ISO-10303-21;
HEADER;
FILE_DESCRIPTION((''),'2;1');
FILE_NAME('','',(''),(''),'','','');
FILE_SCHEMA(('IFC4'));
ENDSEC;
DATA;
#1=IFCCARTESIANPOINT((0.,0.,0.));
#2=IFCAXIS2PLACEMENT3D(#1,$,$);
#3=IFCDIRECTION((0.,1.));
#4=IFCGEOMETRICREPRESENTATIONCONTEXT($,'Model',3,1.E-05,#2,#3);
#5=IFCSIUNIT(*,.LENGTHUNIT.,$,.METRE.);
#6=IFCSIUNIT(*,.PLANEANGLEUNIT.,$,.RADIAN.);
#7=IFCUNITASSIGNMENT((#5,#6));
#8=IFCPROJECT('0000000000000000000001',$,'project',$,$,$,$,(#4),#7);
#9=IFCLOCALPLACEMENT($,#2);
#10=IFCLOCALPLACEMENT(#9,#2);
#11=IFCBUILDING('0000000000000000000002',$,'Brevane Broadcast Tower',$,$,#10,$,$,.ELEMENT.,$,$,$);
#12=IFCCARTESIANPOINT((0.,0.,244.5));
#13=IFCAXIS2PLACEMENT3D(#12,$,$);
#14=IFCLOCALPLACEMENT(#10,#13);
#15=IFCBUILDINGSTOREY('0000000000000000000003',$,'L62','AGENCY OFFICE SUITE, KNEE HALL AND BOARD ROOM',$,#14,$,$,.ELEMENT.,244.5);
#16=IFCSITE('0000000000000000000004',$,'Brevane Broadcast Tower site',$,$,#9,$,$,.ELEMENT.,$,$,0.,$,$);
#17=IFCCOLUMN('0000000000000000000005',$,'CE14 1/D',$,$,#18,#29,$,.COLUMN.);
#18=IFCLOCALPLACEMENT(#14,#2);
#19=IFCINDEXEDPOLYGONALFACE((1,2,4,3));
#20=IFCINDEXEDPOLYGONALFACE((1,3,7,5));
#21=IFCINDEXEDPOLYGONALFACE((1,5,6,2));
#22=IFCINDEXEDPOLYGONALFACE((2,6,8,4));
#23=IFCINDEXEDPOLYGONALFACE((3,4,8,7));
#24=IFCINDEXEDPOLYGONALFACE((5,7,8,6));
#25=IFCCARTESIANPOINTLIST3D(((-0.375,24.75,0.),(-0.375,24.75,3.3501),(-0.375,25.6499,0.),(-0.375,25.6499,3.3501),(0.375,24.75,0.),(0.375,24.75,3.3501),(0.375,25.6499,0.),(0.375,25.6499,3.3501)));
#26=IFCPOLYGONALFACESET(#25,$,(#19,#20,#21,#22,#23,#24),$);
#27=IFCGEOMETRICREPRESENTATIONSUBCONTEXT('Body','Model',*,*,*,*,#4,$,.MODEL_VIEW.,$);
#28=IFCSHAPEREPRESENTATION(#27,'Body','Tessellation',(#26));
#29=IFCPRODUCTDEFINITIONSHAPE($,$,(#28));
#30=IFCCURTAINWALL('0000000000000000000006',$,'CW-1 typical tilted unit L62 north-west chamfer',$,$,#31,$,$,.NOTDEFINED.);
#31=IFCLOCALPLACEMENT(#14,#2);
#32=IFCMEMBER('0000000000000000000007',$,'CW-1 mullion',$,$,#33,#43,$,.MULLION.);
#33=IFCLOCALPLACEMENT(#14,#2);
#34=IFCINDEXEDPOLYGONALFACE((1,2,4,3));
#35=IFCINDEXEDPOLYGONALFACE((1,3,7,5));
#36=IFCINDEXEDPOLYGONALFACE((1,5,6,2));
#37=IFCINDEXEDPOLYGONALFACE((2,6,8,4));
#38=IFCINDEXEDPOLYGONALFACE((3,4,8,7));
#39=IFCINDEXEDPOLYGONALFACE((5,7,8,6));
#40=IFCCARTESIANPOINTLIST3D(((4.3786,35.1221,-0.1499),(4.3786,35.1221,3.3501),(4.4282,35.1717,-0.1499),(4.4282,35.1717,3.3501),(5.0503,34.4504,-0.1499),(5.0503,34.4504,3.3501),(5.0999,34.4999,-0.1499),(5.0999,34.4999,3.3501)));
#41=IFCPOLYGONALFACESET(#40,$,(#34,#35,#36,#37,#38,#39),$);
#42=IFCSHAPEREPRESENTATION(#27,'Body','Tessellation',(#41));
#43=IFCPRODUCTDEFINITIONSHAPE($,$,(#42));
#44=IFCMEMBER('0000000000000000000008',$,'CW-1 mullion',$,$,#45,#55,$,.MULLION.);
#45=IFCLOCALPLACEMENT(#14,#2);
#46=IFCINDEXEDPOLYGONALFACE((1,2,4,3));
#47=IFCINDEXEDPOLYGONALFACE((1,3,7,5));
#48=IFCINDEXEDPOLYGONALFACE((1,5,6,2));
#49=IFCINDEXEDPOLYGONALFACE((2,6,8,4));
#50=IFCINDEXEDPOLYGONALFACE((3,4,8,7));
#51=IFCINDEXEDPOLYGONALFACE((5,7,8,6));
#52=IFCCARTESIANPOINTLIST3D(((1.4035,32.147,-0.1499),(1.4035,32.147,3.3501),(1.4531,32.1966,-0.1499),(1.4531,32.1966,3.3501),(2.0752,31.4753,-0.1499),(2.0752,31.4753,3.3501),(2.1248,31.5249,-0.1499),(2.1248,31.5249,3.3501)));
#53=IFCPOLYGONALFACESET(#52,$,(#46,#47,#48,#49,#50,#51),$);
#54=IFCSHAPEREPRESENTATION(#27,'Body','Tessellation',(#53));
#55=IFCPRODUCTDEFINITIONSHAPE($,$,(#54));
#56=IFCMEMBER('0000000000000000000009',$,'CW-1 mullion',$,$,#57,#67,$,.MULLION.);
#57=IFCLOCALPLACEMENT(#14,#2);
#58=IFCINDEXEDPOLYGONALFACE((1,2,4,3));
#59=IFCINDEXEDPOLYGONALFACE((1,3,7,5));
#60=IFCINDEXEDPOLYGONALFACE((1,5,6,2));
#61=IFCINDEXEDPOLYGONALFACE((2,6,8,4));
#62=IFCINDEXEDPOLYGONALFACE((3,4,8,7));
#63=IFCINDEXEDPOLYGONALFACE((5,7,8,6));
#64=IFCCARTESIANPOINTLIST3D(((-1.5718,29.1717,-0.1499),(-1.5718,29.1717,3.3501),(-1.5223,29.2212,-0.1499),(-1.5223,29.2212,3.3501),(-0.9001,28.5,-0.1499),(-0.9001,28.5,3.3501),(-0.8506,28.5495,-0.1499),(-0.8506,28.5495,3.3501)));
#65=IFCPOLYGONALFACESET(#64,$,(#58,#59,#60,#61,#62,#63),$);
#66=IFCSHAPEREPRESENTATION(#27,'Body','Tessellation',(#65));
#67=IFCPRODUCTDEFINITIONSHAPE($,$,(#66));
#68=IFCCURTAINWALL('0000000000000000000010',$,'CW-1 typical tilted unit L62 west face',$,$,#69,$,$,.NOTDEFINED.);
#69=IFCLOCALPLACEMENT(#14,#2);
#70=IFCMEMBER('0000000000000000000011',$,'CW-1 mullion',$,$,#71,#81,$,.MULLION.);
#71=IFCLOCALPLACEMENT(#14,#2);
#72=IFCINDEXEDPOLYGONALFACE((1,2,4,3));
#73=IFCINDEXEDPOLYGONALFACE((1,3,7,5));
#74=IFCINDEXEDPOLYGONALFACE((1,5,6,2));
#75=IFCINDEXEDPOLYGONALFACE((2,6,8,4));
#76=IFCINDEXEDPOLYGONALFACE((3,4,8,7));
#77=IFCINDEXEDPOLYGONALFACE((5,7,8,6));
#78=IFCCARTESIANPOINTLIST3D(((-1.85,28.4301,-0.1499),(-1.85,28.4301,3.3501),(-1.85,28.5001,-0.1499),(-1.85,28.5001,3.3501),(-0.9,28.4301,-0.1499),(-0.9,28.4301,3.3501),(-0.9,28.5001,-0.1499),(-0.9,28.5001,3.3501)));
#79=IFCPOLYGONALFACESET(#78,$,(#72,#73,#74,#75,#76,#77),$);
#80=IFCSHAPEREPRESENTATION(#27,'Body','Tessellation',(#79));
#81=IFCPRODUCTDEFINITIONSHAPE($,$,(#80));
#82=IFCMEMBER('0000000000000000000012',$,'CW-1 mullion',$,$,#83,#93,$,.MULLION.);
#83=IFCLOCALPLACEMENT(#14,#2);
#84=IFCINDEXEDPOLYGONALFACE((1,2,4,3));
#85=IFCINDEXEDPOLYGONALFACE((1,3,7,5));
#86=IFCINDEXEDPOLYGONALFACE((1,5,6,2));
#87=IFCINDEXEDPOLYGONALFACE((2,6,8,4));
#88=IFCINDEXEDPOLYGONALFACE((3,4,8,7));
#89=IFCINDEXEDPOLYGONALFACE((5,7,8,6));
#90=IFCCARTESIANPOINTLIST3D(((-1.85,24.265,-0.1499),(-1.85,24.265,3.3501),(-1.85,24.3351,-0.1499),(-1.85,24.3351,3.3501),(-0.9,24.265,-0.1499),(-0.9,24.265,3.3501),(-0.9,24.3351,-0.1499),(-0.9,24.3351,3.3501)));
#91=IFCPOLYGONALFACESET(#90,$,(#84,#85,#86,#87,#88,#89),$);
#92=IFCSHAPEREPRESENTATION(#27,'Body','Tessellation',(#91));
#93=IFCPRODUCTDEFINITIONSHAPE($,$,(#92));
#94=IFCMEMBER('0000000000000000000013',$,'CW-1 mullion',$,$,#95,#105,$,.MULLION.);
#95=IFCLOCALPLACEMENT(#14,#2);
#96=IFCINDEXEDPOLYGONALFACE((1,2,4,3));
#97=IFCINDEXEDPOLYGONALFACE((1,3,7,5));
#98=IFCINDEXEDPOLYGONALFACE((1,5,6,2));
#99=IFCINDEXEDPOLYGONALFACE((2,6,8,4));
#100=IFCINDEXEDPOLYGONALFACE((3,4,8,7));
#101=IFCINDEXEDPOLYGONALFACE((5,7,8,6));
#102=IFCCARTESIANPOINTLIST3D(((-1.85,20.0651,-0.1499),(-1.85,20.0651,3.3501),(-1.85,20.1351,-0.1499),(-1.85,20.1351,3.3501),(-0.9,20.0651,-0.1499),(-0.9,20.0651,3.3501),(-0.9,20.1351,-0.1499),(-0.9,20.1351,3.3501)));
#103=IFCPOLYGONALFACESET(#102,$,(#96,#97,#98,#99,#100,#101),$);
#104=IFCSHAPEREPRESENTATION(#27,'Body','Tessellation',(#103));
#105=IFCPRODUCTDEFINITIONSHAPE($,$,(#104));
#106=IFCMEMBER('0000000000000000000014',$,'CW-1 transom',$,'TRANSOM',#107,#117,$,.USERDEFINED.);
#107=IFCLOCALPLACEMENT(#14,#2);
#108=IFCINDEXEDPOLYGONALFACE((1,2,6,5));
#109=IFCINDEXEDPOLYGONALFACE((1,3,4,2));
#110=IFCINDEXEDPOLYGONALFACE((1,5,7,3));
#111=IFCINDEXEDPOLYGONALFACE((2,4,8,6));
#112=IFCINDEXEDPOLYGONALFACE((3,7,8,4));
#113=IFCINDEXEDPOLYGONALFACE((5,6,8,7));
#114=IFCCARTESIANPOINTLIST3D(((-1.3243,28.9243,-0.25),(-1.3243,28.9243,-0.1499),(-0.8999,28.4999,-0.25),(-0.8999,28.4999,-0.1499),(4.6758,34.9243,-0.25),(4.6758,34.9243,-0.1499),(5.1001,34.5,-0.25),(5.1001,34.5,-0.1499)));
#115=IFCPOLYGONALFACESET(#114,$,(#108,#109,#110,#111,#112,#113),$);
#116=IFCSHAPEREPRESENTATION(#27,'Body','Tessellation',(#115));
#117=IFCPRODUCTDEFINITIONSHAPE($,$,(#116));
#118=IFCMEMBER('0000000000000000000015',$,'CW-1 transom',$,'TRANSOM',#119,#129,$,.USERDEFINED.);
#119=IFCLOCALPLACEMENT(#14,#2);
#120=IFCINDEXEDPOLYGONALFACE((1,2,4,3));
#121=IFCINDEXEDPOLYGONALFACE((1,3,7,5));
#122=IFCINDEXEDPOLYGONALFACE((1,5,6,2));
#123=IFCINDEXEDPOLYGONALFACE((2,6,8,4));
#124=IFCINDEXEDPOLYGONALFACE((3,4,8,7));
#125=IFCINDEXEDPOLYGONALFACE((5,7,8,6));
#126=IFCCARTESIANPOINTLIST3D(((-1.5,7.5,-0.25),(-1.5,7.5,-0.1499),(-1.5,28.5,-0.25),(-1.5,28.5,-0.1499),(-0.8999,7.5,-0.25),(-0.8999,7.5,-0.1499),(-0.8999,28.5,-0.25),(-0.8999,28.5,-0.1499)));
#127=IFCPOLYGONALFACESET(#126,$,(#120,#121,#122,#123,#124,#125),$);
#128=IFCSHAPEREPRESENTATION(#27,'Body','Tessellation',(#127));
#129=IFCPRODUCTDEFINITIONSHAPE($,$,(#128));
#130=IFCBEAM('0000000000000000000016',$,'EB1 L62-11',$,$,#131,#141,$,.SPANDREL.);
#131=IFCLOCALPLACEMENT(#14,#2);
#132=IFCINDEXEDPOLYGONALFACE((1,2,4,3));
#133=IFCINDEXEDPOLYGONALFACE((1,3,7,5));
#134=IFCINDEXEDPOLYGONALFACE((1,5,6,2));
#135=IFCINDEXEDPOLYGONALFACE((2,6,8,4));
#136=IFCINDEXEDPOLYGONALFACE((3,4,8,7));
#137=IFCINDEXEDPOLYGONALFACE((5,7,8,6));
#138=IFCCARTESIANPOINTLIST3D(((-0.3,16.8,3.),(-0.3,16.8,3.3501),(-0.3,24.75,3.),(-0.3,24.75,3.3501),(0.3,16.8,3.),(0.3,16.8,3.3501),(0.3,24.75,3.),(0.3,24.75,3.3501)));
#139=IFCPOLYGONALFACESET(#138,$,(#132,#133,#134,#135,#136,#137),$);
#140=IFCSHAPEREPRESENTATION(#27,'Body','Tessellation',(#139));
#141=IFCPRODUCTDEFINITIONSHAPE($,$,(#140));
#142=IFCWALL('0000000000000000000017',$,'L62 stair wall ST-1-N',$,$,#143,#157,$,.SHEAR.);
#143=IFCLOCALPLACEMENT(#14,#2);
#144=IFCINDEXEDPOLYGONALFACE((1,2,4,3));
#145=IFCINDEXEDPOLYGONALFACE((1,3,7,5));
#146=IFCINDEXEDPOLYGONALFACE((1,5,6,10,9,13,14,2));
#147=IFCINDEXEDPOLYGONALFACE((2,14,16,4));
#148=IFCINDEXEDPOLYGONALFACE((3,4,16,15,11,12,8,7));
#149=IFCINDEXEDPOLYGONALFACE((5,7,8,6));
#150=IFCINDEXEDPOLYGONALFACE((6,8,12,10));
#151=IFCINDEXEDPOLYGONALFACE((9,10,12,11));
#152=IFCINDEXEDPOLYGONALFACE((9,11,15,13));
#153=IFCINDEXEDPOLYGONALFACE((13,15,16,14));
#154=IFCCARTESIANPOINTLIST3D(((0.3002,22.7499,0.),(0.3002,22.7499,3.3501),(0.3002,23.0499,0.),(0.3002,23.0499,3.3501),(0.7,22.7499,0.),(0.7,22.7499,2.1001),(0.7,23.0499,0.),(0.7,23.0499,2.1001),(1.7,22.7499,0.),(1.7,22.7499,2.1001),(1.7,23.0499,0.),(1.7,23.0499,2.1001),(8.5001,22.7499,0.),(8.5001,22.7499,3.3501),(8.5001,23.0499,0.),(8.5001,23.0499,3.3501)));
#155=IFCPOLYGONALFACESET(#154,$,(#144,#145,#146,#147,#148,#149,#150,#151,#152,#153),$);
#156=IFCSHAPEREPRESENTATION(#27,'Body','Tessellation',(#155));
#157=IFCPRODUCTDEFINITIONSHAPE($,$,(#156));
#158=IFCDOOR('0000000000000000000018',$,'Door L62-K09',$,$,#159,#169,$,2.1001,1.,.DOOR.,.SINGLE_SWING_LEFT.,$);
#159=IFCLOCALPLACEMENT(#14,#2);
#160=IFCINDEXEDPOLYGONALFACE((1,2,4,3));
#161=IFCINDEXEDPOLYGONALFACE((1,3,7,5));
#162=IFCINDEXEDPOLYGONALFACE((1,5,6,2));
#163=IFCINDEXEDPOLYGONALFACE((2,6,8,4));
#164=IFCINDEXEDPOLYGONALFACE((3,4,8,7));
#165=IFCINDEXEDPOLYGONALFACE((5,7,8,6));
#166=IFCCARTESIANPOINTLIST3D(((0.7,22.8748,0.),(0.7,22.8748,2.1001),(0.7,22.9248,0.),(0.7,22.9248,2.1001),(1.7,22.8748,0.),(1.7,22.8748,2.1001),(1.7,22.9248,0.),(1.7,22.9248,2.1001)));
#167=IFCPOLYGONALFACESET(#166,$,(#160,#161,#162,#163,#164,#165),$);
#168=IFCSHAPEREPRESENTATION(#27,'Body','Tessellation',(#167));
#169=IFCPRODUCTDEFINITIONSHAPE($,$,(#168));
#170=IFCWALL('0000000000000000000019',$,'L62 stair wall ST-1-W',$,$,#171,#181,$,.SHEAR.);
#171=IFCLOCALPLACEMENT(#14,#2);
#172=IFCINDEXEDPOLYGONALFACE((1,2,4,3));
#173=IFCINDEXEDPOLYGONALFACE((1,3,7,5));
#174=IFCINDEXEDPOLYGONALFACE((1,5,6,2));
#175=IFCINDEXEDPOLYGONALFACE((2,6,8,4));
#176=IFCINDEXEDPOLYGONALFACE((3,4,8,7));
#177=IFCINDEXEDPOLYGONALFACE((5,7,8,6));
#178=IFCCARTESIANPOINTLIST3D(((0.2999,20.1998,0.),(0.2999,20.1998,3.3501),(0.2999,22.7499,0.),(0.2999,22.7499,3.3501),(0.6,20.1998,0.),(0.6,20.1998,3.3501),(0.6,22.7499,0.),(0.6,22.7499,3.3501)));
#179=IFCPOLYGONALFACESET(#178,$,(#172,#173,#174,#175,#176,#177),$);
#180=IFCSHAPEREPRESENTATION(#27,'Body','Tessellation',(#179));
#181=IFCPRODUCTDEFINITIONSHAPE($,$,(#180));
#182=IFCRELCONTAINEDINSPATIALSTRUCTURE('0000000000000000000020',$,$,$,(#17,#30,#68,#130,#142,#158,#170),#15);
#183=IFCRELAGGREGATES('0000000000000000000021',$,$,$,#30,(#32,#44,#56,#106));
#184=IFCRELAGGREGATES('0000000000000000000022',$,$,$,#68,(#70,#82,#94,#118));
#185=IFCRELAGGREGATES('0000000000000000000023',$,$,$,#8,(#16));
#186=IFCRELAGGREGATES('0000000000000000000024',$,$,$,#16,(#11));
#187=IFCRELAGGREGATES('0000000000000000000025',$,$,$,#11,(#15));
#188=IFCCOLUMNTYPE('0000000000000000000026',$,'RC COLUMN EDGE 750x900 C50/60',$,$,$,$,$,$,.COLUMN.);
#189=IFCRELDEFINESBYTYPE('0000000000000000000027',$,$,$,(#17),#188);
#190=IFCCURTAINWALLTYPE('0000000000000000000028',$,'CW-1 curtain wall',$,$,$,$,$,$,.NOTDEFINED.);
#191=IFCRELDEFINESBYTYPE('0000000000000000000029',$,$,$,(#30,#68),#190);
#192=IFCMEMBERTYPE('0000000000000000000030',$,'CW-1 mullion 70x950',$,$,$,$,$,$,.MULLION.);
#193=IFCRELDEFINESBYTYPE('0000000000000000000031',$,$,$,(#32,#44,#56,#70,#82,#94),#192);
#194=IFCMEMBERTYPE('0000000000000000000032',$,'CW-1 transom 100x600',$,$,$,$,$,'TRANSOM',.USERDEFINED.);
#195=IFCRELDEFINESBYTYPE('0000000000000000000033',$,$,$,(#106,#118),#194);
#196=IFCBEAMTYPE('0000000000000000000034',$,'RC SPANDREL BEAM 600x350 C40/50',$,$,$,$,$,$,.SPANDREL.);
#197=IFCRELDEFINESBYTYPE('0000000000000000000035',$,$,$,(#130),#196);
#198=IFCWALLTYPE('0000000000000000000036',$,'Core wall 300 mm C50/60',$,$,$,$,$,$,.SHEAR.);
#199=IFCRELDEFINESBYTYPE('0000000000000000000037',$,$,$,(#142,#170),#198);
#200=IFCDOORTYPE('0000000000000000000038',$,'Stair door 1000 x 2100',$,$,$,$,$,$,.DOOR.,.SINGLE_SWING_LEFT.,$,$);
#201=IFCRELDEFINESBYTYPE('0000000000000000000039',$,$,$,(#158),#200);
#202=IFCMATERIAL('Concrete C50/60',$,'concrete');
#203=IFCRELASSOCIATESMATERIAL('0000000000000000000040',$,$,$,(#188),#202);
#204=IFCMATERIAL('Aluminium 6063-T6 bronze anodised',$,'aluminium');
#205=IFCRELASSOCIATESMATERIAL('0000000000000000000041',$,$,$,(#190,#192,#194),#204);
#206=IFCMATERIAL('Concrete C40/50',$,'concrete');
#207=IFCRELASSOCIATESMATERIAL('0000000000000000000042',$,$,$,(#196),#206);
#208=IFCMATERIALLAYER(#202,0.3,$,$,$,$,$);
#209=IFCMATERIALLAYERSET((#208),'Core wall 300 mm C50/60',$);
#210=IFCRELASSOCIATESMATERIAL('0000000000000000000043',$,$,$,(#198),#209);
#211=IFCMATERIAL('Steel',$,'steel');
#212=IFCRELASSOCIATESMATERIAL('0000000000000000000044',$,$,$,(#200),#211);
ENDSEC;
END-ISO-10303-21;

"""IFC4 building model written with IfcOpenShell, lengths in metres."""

from ifc_helpers import new_model, si_unit, direction, frame, frame_2d, origin, origin_2d, place, context, subcontext, project, spatial, rectangle, extrude, material, layer, layer_set, material_profile, profile_set, type_object, element, fill, aggregate, save


model = new_model("IFC4")

# Units and contexts
model_context = context("Model", 3, precision=1e-05, world=origin(), true_north=direction((0.0, 1.0)))
body_context = subcontext(model_context, "Body", "Model", "MODEL_VIEW")
ifc_project = project(units=[si_unit("LENGTHUNIT", "METRE"), si_unit("PLANEANGLEUNIT", "RADIAN")], contexts=[model_context])

# Site, building, storey
site_placement = place(None, origin())
site = spatial("IfcSite", under=ifc_project, at=site_placement, Name="Brevane Broadcast Tower site", CompositionType="ELEMENT", RefElevation=0.0)
building_placement = place(site_placement, origin())
building = spatial("IfcBuilding", under=site, at=building_placement, Name="Brevane Broadcast Tower", CompositionType="ELEMENT")
storey_placement = place(building_placement, frame((0.0, 0.0, 244.5)))
storey = spatial("IfcBuildingStorey", under=building, at=storey_placement, Name="L62", Description="AGENCY OFFICE SUITE, KNEE HALL AND BOARD ROOM", CompositionType="ELEMENT", Elevation=244.5)

# Column
ifc_material_1 = material(Name="Concrete C50/60", Category="concrete")
ifc_material_profile_1 = material_profile(ifc_material_1, rectangle(XDim=0.75, YDim=0.8999, at=origin_2d()), Name="RC 750x900")
ifc_profile_set_1 = profile_set([ifc_material_profile_1], Name="Concrete C50/60")
column_type = type_object("IfcColumnType", Name="RC COLUMN EDGE 750x900 C50/60", PredefinedType="COLUMN", material=ifc_profile_set_1)
column_placement = place(storey_placement, frame((0.0, 25.2, 0.0), z_axis=(0.0, 0.0, 1.0), x_axis=(1.0, 0.0, 0.0)))
element("IfcColumn", 1, at=column_placement, inside=storey, type_object=column_type, Name="CE14 1/D", PredefinedType="COLUMN", context=body_context, shape_type="SweptSolid", body=[
    extrude(rectangle(XDim=0.75, YDim=0.8999, at=origin_2d()), origin(), (0.0, 0.0, 1.0), 3.3501),
])

# Curtain walls, members
ifc_material_2 = material(Name="Aluminium 6063-T6 bronze anodised", Category="aluminium")
curtain_wall_type = type_object("IfcCurtainWallType", Name="CW-1 curtain wall", PredefinedType="NOTDEFINED", material=ifc_material_2)
curtain_wall_1_placement = place(storey_placement, origin())
curtain_wall_1 = element("IfcCurtainWall", 2, at=curtain_wall_1_placement, inside=storey, type_object=curtain_wall_type, Name="CW-1 typical tilted unit L62 north-west chamfer", PredefinedType="NOTDEFINED")
ifc_material_profile_2 = material_profile(ifc_material_2, rectangle(XDim=0.95, YDim=0.0701, at=origin_2d()), Name="RECT 70x950")
ifc_profile_set_2 = profile_set([ifc_material_profile_2], Name="Aluminium 6063-T6 bronze anodised")
member_type_1 = type_object("IfcMemberType", Name="CW-1 mullion 70x950", PredefinedType="MULLION", material=ifc_profile_set_2)
member_1_placement = place(storey_placement, frame((4.7393, 34.811, -0.1499), z_axis=(0.0, 0.0, 1.0), x_axis=(0.707107, -0.707107, 0.0)))
member_1 = element("IfcMember", 3, at=member_1_placement, type_object=member_type_1, Name="CW-1 mullion", PredefinedType="MULLION", context=body_context, shape_type="SweptSolid", body=[
    extrude(rectangle(XDim=0.95, YDim=0.0701, at=origin_2d()), origin(), (0.0, 0.0, 1.0), 3.5),
])
member_2_placement = place(storey_placement, frame((1.7642, 31.8359, -0.1499), z_axis=(0.0, 0.0, 1.0), x_axis=(0.707107, -0.707107, 0.0)))
member_2 = element("IfcMember", 4, at=member_2_placement, type_object=member_type_1, Name="CW-1 mullion", PredefinedType="MULLION", context=body_context, shape_type="SweptSolid", body=[
    extrude(rectangle(XDim=0.95, YDim=0.0701, at=origin_2d()), origin(), (0.0, 0.0, 1.0), 3.5),
])
member_3_placement = place(storey_placement, frame((-1.2112, 28.8606, -0.1499), z_axis=(0.0, 0.0, 1.0), x_axis=(0.707107, -0.707107, 0.0)))
member_3 = element("IfcMember", 5, at=member_3_placement, type_object=member_type_1, Name="CW-1 mullion", PredefinedType="MULLION", context=body_context, shape_type="SweptSolid", body=[
    extrude(rectangle(XDim=0.95, YDim=0.0701, at=origin_2d()), origin(), (0.0, 0.0, 1.0), 3.5),
])
curtain_wall_2_placement = place(storey_placement, origin())
curtain_wall_2 = element("IfcCurtainWall", 6, at=curtain_wall_2_placement, inside=storey, type_object=curtain_wall_type, Name="CW-1 typical tilted unit L62 west face", PredefinedType="NOTDEFINED")
member_4_placement = place(storey_placement, frame((-1.375, 28.4651, -0.1499), z_axis=(0.0, 0.0, 1.0), x_axis=(1.0, 0.0, 0.0)))
member_4 = element("IfcMember", 7, at=member_4_placement, type_object=member_type_1, Name="CW-1 mullion", PredefinedType="MULLION", context=body_context, shape_type="SweptSolid", body=[
    extrude(rectangle(XDim=0.95, YDim=0.0701, at=origin_2d()), origin(), (0.0, 0.0, 1.0), 3.5),
])
member_5_placement = place(storey_placement, frame((-1.375, 24.3, -0.1499), z_axis=(0.0, 0.0, 1.0), x_axis=(1.0, 0.0, 0.0)))
member_5 = element("IfcMember", 8, at=member_5_placement, type_object=member_type_1, Name="CW-1 mullion", PredefinedType="MULLION", context=body_context, shape_type="SweptSolid", body=[
    extrude(rectangle(XDim=0.95, YDim=0.0701, at=origin_2d()), origin(), (0.0, 0.0, 1.0), 3.5),
])
member_6_placement = place(storey_placement, frame((-1.375, 20.1001, -0.1499), z_axis=(0.0, 0.0, 1.0), x_axis=(1.0, 0.0, 0.0)))
member_6 = element("IfcMember", 9, at=member_6_placement, type_object=member_type_1, Name="CW-1 mullion", PredefinedType="MULLION", context=body_context, shape_type="SweptSolid", body=[
    extrude(rectangle(XDim=0.95, YDim=0.0701, at=origin_2d()), origin(), (0.0, 0.0, 1.0), 3.5),
])

# Members
ifc_material_profile_3 = material_profile(ifc_material_2, rectangle(XDim=0.6001, YDim=0.1001, at=origin_2d()), Name="RECT 100x600")
ifc_profile_set_3 = profile_set([ifc_material_profile_3], Name="Aluminium 6063-T6 bronze anodised")
member_type_2 = type_object("IfcMemberType", Name="CW-1 transom 100x600", ElementType="TRANSOM", PredefinedType="USERDEFINED", material=ifc_profile_set_3)
member_7_placement = place(storey_placement, frame((4.8879, 34.7122, -0.2), z_axis=(-0.707107, -0.707107, 0.0), x_axis=(0.707107, -0.707107, 0.0)))
member_7 = element("IfcMember", 10, at=member_7_placement, type_object=member_type_2, Name="CW-1 transom", ObjectType="TRANSOM", PredefinedType="USERDEFINED", context=body_context, shape_type="SweptSolid", body=[
    extrude(rectangle(XDim=0.6001, YDim=0.1001, at=origin_2d()), origin(), (0.0, 0.0, 1.0), 8.4854),
])
aggregate(curtain_wall_1, [member_1, member_2, member_3, member_7])
member_8_placement = place(storey_placement, frame((-1.2, 28.5, -0.2), z_axis=(0.0, -1.0, 0.0), x_axis=(1.0, 0.0, 0.0)))
member_8 = element("IfcMember", 11, at=member_8_placement, type_object=member_type_2, Name="CW-1 transom", ObjectType="TRANSOM", PredefinedType="USERDEFINED", context=body_context, shape_type="SweptSolid", body=[
    extrude(rectangle(XDim=0.6001, YDim=0.1001, at=origin_2d()), origin(), (0.0, 0.0, 1.0), 21.0),
])
aggregate(curtain_wall_2, [member_4, member_5, member_6, member_8])

# Beam
ifc_material_3 = material(Name="Concrete C40/50", Category="concrete")
ifc_material_profile_4 = material_profile(ifc_material_3, rectangle(XDim=0.6001, YDim=0.3501, at=origin_2d()), Name="RC 600x350")
ifc_profile_set_4 = profile_set([ifc_material_profile_4], Name="Concrete C40/50")
beam_type = type_object("IfcBeamType", Name="RC SPANDREL BEAM 600x350 C40/50", PredefinedType="SPANDREL", material=ifc_profile_set_4)
beam_placement = place(storey_placement, frame((0.0, 24.75, 3.175), z_axis=(0.0, -1.0, 0.0), x_axis=(1.0, 0.0, 0.0)))
element("IfcBeam", 12, at=beam_placement, inside=storey, type_object=beam_type, Name="EB1 L62-11", PredefinedType="SPANDREL", context=body_context, shape_type="SweptSolid", body=[
    extrude(rectangle(XDim=0.6001, YDim=0.3501, at=origin_2d()), origin(), (0.0, 0.0, 1.0), 7.95),
])

# Wall, opening, door
ifc_layer = layer(ifc_material_1, 0.3)
ifc_layer_set = layer_set([ifc_layer], Name="Core wall 300 mm C50/60")
wall_type = type_object("IfcWallType", Name="Core wall 300 mm C50/60", PredefinedType="SHEAR", material=ifc_layer_set)
wall_1_placement = place(storey_placement, frame((0.3, 22.8999, 0.0), z_axis=(0.0, 0.0, 1.0), x_axis=(1.0, 0.0, 0.0)))
wall_1 = element("IfcWall", 13, at=wall_1_placement, inside=storey, type_object=wall_type, Name="L62 stair wall ST-1-N", PredefinedType="SHEAR", context=body_context, shape_type="SweptSolid", body=[
    extrude(rectangle(XDim=8.2, YDim=0.3, at=frame_2d((4.1001, 0.0))), origin(), (0.0, 0.0, 1.0), 3.3501),
])
opening_placement = place(wall_1_placement, frame((0.3999, 0.0, 0.0)))
opening = element("IfcOpeningElement", 14, at=opening_placement, cuts=wall_1, PredefinedType="OPENING", context=body_context, shape_type="SweptSolid", body=[
    extrude(rectangle(XDim=1.0, YDim=2.1001, at=frame_2d((0.5, 1.05))), frame((0.0, 0.1599, 0.0), z_axis=(0.0, -1.0, 0.0), x_axis=(1.0, 0.0, 0.0)), (0.0, 0.0, 1.0), 0.3201),
])
ifc_material_4 = material(Name="Steel", Category="steel")
door_type = type_object("IfcDoorType", Name="Stair door 1000 x 2100", OperationType="SINGLE_SWING_LEFT", PredefinedType="DOOR", material=ifc_material_4)
door_placement = place(opening_placement, origin())
door = element("IfcDoor", 15, at=door_placement, inside=storey, type_object=door_type, Name="Door L62-K09", OperationType="SINGLE_SWING_LEFT", OverallHeight=2.1001, OverallWidth=1.0, PredefinedType="DOOR", context=body_context, shape_type="SweptSolid", body=[
    extrude(rectangle(XDim=1.0, YDim=2.1001, at=frame_2d((0.5, 1.05))), frame((0.0, 0.0249, 0.0), z_axis=(0.0, -1.0, 0.0), x_axis=(1.0, 0.0, 0.0)), (0.0, 0.0, 1.0), 0.05),
])
fill(opening, door)

# Wall
wall_2_placement = place(storey_placement, frame((0.45, 20.2, 0.0), z_axis=(0.0, 0.0, 1.0), x_axis=(0.0, 1.0, 0.0)))
element("IfcWall", 16, at=wall_2_placement, inside=storey, type_object=wall_type, Name="L62 stair wall ST-1-W", PredefinedType="SHEAR", context=body_context, shape_type="SweptSolid", body=[
    extrude(rectangle(XDim=2.55, YDim=0.3, at=frame_2d((1.2749, 0.0))), origin(), (0.0, 0.0, 1.0), 3.3501),
])

save(model, "model.ifc")
